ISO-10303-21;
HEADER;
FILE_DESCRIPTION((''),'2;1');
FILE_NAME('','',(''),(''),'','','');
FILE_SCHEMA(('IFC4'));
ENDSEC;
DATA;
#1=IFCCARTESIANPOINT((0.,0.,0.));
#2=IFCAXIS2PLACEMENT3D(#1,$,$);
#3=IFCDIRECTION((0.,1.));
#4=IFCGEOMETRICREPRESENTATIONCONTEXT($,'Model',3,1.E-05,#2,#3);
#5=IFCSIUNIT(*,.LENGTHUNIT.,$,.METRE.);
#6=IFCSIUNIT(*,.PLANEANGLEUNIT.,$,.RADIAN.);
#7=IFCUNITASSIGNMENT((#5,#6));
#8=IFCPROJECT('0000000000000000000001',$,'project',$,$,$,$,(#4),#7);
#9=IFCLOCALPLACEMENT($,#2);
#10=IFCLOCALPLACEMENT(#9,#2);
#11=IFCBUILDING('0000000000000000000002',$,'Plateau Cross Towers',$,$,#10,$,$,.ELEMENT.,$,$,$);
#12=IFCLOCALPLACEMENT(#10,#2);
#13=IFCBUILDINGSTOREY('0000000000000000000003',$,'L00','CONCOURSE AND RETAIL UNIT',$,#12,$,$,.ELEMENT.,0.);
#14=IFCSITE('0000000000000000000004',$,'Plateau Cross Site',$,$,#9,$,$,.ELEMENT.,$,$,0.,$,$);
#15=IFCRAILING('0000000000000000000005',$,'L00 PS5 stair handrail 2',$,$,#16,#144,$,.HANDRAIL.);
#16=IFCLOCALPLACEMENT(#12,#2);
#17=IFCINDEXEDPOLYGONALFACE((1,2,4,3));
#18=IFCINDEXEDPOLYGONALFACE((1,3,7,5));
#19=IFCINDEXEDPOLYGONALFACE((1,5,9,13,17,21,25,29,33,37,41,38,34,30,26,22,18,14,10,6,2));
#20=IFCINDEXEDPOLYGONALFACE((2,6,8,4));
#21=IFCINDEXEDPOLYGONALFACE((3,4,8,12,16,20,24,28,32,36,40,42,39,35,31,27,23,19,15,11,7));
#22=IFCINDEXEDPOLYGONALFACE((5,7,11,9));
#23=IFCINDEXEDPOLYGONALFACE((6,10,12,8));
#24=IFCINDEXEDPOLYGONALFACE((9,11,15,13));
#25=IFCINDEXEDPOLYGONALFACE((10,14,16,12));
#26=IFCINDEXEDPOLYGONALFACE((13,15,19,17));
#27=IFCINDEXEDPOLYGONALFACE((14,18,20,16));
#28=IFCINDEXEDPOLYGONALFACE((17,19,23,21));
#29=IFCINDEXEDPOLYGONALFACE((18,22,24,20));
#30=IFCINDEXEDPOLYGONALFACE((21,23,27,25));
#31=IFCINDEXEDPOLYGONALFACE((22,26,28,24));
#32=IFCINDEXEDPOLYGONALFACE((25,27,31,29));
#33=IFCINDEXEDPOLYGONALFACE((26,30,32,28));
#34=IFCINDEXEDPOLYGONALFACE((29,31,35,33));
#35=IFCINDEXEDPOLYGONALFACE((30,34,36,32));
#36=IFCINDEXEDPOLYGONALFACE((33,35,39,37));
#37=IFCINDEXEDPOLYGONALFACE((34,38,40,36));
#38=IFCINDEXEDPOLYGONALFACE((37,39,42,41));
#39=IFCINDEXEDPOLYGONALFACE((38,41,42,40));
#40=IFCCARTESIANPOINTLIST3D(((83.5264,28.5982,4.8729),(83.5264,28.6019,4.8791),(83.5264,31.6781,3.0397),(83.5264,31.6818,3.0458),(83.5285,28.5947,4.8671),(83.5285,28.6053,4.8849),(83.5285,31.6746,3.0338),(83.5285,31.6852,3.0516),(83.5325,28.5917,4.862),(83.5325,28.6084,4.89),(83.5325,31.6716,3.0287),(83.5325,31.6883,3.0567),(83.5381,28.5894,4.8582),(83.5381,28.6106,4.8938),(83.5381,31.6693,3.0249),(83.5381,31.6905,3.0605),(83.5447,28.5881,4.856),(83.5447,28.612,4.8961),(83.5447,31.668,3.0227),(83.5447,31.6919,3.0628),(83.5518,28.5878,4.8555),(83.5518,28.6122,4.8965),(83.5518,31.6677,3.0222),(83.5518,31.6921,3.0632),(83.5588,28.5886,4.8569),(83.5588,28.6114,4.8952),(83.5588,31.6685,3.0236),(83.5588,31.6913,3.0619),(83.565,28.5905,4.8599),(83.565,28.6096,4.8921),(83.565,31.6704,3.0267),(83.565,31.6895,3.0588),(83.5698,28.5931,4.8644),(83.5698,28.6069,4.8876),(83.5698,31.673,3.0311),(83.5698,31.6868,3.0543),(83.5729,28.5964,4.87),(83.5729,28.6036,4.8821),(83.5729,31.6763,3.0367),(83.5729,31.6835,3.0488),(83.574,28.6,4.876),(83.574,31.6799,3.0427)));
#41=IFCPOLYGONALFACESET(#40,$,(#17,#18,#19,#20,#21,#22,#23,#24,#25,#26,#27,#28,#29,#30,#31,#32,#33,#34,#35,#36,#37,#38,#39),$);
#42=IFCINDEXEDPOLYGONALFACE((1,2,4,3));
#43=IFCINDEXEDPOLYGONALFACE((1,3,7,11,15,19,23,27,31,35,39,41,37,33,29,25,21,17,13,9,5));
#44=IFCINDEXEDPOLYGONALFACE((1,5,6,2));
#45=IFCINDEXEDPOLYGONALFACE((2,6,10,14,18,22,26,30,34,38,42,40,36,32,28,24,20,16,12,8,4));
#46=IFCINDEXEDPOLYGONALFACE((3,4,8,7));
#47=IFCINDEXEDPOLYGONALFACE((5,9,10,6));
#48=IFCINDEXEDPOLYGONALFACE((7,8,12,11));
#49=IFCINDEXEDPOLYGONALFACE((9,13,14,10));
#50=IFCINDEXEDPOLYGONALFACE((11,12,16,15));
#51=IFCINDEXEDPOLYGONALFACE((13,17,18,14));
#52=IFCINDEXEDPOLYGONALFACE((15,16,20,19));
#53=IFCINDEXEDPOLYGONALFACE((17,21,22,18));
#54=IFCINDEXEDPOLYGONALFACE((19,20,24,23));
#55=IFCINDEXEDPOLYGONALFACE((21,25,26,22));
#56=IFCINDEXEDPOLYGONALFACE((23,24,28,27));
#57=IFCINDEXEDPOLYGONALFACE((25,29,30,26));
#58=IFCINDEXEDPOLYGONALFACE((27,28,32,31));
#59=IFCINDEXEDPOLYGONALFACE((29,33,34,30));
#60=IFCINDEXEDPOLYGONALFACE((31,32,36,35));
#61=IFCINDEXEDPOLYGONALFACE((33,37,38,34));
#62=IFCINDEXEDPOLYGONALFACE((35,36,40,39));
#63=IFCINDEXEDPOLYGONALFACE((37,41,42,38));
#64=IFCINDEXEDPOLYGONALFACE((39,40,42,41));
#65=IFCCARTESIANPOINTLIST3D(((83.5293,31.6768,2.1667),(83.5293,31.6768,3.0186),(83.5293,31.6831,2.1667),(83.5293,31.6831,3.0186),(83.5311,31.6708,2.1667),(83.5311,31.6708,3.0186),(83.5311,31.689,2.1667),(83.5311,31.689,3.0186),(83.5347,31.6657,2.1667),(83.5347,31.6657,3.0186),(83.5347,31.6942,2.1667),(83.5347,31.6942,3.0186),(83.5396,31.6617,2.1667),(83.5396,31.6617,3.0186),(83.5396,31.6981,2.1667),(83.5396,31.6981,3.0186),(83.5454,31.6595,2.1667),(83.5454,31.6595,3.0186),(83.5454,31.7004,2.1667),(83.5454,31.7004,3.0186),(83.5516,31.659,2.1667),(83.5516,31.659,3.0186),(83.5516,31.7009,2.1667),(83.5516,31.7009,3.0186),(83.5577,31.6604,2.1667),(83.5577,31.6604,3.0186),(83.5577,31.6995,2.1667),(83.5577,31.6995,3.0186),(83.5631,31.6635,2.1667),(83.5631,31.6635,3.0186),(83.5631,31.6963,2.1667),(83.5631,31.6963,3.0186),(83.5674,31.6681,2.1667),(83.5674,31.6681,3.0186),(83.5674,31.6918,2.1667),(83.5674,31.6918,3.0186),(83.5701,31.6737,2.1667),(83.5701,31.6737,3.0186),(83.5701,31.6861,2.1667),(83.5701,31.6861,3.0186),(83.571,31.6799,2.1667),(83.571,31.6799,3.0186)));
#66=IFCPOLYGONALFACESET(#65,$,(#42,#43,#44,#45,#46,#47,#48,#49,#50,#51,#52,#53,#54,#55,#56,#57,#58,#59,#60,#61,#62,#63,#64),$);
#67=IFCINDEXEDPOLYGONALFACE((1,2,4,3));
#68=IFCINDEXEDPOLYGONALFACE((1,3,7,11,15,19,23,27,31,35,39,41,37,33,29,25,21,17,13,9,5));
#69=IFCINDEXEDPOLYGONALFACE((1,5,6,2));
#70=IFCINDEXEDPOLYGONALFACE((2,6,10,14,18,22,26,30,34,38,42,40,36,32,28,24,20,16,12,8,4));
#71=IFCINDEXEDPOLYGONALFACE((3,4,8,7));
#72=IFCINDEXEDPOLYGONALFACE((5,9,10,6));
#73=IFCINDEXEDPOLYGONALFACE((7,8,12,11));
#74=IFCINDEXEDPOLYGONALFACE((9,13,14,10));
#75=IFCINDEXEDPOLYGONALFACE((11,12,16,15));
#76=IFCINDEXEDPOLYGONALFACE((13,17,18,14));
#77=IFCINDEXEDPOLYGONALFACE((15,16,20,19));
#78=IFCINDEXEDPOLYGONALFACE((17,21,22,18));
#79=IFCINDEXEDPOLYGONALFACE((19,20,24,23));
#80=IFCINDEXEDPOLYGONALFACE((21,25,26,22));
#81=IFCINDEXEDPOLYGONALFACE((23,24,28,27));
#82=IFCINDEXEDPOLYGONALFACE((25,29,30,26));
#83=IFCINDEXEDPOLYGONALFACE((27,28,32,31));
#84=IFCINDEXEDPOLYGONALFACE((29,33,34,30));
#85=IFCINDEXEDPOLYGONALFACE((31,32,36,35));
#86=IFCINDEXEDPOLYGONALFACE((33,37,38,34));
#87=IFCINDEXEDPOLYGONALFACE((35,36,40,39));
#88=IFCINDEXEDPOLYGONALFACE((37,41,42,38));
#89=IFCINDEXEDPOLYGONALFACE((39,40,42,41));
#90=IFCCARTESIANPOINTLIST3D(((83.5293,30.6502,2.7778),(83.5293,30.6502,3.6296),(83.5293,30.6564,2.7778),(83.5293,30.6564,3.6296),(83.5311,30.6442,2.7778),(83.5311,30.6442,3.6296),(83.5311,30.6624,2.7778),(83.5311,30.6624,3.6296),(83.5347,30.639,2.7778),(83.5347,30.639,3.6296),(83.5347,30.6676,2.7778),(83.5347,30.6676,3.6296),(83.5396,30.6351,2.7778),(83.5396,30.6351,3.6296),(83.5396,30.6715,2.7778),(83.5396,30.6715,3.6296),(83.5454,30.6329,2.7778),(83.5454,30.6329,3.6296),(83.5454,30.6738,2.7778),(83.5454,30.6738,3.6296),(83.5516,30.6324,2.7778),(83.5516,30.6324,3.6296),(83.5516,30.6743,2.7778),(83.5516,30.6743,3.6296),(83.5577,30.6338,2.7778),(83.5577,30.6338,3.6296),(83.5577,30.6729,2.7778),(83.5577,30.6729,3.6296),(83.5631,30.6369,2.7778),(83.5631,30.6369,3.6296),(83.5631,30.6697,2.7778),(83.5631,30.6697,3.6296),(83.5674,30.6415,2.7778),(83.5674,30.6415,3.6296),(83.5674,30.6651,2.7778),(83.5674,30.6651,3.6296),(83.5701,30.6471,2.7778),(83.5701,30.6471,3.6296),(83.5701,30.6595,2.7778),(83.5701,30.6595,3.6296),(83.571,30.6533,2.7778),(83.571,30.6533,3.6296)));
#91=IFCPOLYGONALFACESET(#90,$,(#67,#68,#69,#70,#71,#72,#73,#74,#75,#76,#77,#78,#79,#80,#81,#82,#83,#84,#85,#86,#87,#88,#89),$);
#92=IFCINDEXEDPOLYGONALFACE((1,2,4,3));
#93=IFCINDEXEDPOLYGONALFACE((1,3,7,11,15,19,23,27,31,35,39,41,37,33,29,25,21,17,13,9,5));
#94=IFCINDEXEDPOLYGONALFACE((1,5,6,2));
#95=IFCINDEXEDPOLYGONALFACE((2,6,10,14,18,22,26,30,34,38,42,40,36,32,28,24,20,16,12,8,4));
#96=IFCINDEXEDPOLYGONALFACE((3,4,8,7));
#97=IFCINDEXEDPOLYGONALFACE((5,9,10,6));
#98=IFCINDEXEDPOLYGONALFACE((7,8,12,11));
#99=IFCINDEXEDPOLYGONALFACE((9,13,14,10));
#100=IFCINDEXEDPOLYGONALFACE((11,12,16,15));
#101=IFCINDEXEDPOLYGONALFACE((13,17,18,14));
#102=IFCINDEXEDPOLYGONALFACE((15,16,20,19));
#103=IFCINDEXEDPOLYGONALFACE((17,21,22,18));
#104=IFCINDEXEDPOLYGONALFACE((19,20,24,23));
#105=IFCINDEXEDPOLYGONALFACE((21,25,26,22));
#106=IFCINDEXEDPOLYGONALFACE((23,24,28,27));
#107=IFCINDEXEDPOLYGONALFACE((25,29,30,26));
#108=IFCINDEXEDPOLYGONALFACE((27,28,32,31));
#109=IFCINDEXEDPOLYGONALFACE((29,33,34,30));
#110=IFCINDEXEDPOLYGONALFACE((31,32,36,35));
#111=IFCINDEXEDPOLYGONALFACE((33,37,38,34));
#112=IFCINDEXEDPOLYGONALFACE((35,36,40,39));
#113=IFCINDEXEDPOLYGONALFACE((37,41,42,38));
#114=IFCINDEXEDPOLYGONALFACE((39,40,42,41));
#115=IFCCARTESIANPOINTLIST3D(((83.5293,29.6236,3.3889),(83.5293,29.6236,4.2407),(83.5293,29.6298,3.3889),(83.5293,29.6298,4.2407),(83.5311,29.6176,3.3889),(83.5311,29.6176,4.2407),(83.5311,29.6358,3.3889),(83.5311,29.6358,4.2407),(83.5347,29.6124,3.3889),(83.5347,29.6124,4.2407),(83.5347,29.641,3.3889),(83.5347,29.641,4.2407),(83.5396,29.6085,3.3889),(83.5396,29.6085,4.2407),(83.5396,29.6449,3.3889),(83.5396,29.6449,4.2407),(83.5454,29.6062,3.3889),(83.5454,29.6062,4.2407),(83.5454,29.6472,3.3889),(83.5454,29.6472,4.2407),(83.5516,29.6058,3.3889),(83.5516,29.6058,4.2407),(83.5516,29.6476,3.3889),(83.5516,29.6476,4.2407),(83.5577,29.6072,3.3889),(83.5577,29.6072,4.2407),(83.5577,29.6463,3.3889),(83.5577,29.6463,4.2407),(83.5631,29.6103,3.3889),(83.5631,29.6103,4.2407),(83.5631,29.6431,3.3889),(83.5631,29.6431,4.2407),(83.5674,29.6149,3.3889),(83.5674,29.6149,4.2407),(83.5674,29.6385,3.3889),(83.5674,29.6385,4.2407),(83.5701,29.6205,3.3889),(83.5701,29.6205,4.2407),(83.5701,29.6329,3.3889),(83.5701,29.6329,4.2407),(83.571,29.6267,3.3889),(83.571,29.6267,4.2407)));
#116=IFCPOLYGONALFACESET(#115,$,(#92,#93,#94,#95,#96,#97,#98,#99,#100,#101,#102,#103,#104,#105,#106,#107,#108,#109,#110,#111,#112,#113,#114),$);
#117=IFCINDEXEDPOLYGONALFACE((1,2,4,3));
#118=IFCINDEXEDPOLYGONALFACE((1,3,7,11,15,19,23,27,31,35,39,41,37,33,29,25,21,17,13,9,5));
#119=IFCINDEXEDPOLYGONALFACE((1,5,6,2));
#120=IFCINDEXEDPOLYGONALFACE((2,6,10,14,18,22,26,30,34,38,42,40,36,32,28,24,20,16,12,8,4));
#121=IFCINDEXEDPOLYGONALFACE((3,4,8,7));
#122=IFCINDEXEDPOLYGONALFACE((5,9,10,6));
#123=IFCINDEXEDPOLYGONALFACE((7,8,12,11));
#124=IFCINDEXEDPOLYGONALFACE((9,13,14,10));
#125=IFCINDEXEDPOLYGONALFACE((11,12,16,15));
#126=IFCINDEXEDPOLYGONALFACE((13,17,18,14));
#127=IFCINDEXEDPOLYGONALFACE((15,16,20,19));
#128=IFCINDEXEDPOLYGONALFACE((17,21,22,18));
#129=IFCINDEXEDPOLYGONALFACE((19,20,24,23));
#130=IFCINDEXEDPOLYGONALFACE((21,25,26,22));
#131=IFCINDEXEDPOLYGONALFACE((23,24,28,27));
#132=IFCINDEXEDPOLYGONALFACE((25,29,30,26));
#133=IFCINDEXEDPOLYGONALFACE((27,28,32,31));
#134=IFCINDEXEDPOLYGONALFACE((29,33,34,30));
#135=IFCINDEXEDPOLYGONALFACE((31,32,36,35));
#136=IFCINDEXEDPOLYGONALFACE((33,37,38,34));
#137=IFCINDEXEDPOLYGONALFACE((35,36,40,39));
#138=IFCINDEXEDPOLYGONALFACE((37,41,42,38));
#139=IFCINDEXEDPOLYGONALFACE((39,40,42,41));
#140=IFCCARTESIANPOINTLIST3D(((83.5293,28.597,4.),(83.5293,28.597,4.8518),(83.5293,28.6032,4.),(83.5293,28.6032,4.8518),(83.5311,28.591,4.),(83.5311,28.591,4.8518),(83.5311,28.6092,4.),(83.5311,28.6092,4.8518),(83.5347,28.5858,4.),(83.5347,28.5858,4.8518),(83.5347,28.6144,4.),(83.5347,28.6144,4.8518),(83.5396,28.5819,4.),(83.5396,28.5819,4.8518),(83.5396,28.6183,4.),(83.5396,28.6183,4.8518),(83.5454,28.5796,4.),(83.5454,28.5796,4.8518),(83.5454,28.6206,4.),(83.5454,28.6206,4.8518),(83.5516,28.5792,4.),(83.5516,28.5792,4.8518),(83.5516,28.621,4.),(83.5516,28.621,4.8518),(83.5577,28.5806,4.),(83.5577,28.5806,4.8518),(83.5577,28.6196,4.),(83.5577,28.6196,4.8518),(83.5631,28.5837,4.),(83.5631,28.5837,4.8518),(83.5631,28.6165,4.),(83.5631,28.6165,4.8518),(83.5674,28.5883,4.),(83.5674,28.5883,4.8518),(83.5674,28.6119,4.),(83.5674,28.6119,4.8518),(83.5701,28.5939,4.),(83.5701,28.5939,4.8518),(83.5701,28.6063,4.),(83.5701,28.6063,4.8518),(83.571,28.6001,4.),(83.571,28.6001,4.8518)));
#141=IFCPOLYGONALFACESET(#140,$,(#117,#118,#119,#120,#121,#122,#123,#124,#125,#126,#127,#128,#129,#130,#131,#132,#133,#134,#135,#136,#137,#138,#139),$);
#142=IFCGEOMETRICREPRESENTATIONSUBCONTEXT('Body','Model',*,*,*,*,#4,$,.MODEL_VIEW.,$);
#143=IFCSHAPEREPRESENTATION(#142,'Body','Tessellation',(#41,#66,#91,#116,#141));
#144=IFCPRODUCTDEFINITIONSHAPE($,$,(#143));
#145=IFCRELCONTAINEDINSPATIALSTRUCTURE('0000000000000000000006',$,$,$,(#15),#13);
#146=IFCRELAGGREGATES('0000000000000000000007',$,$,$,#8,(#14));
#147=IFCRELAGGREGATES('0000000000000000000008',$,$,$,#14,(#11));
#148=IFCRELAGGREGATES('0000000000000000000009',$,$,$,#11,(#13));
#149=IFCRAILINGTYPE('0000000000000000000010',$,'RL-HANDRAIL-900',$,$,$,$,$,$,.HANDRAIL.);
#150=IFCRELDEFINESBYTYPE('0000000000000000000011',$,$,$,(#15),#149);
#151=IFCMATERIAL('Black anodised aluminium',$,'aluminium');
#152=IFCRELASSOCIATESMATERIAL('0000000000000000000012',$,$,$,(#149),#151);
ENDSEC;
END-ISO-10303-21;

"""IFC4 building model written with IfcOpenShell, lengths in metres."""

from ifc_helpers import new_model, si_unit, direction, frame, origin, origin_2d, place, context, subcontext, project, spatial, circle, extrude, material, type_object, element, save


model = new_model("IFC4")

# Units and contexts
model_context = context("Model", 3, precision=1e-05, world=origin(), true_north=direction((0.0, 1.0)))
body_context = subcontext(model_context, "Body", "Model", "MODEL_VIEW")
ifc_project = project(units=[si_unit("LENGTHUNIT", "METRE"), si_unit("PLANEANGLEUNIT", "RADIAN")], contexts=[model_context])

# Site, building, storey
site_placement = place(None, origin())
site = spatial("IfcSite", under=ifc_project, at=site_placement, Name="Plateau Cross Site", CompositionType="ELEMENT", RefElevation=0.0)
building_placement = place(site_placement, origin())
building = spatial("IfcBuilding", under=site, at=building_placement, Name="Plateau Cross Towers", CompositionType="ELEMENT")
storey_placement = place(building_placement, origin())
storey = spatial("IfcBuildingStorey", under=building, at=storey_placement, Name="L00", Description="CONCOURSE AND RETAIL UNIT", CompositionType="ELEMENT", Elevation=0.0)

# Railing
ifc_material_1 = material(Name="Black anodised aluminium", Category="aluminium")
railing_type_1 = type_object("IfcRailingType", Name="RL-HANDRAIL-900", PredefinedType="HANDRAIL", material=ifc_material_1)
for number, where, name in (
    (1, (83.55, 31.6799, 2.1667), "L00 PS5 stair handrail 2"),
):
    element("IfcRailing", number, at=place(storey_placement, frame(where)), inside=storey, type_object=railing_type_1, Name=name, PredefinedType="HANDRAIL", context=body_context, shape_type="SweptSolid", body=[
        extrude(circle(Radius=0.0239, at=origin_2d()), frame((0.0, 0.0, 0.876), z_axis=(0.0, -0.859291, 0.511487), x_axis=(1.0, 0.0, 0.0)), (0.0, 0.0, 1.0), 3.5842),
        extrude(circle(Radius=0.021, at=origin_2d()), origin(), (0.0, 0.0, 1.0), 0.8518),
        extrude(circle(Radius=0.021, at=origin_2d()), frame((0.0, -1.0266, 0.6111)), (0.0, 0.0, 1.0), 0.8518),
        extrude(circle(Radius=0.021, at=origin_2d()), frame((0.0, -2.0532, 1.2222)), (0.0, 0.0, 1.0), 0.8518),
        extrude(circle(Radius=0.021, at=origin_2d()), frame((0.0, -3.0798, 1.8333)), (0.0, 0.0, 1.0), 0.8518),
    ])

save(model, "model.ifc")
